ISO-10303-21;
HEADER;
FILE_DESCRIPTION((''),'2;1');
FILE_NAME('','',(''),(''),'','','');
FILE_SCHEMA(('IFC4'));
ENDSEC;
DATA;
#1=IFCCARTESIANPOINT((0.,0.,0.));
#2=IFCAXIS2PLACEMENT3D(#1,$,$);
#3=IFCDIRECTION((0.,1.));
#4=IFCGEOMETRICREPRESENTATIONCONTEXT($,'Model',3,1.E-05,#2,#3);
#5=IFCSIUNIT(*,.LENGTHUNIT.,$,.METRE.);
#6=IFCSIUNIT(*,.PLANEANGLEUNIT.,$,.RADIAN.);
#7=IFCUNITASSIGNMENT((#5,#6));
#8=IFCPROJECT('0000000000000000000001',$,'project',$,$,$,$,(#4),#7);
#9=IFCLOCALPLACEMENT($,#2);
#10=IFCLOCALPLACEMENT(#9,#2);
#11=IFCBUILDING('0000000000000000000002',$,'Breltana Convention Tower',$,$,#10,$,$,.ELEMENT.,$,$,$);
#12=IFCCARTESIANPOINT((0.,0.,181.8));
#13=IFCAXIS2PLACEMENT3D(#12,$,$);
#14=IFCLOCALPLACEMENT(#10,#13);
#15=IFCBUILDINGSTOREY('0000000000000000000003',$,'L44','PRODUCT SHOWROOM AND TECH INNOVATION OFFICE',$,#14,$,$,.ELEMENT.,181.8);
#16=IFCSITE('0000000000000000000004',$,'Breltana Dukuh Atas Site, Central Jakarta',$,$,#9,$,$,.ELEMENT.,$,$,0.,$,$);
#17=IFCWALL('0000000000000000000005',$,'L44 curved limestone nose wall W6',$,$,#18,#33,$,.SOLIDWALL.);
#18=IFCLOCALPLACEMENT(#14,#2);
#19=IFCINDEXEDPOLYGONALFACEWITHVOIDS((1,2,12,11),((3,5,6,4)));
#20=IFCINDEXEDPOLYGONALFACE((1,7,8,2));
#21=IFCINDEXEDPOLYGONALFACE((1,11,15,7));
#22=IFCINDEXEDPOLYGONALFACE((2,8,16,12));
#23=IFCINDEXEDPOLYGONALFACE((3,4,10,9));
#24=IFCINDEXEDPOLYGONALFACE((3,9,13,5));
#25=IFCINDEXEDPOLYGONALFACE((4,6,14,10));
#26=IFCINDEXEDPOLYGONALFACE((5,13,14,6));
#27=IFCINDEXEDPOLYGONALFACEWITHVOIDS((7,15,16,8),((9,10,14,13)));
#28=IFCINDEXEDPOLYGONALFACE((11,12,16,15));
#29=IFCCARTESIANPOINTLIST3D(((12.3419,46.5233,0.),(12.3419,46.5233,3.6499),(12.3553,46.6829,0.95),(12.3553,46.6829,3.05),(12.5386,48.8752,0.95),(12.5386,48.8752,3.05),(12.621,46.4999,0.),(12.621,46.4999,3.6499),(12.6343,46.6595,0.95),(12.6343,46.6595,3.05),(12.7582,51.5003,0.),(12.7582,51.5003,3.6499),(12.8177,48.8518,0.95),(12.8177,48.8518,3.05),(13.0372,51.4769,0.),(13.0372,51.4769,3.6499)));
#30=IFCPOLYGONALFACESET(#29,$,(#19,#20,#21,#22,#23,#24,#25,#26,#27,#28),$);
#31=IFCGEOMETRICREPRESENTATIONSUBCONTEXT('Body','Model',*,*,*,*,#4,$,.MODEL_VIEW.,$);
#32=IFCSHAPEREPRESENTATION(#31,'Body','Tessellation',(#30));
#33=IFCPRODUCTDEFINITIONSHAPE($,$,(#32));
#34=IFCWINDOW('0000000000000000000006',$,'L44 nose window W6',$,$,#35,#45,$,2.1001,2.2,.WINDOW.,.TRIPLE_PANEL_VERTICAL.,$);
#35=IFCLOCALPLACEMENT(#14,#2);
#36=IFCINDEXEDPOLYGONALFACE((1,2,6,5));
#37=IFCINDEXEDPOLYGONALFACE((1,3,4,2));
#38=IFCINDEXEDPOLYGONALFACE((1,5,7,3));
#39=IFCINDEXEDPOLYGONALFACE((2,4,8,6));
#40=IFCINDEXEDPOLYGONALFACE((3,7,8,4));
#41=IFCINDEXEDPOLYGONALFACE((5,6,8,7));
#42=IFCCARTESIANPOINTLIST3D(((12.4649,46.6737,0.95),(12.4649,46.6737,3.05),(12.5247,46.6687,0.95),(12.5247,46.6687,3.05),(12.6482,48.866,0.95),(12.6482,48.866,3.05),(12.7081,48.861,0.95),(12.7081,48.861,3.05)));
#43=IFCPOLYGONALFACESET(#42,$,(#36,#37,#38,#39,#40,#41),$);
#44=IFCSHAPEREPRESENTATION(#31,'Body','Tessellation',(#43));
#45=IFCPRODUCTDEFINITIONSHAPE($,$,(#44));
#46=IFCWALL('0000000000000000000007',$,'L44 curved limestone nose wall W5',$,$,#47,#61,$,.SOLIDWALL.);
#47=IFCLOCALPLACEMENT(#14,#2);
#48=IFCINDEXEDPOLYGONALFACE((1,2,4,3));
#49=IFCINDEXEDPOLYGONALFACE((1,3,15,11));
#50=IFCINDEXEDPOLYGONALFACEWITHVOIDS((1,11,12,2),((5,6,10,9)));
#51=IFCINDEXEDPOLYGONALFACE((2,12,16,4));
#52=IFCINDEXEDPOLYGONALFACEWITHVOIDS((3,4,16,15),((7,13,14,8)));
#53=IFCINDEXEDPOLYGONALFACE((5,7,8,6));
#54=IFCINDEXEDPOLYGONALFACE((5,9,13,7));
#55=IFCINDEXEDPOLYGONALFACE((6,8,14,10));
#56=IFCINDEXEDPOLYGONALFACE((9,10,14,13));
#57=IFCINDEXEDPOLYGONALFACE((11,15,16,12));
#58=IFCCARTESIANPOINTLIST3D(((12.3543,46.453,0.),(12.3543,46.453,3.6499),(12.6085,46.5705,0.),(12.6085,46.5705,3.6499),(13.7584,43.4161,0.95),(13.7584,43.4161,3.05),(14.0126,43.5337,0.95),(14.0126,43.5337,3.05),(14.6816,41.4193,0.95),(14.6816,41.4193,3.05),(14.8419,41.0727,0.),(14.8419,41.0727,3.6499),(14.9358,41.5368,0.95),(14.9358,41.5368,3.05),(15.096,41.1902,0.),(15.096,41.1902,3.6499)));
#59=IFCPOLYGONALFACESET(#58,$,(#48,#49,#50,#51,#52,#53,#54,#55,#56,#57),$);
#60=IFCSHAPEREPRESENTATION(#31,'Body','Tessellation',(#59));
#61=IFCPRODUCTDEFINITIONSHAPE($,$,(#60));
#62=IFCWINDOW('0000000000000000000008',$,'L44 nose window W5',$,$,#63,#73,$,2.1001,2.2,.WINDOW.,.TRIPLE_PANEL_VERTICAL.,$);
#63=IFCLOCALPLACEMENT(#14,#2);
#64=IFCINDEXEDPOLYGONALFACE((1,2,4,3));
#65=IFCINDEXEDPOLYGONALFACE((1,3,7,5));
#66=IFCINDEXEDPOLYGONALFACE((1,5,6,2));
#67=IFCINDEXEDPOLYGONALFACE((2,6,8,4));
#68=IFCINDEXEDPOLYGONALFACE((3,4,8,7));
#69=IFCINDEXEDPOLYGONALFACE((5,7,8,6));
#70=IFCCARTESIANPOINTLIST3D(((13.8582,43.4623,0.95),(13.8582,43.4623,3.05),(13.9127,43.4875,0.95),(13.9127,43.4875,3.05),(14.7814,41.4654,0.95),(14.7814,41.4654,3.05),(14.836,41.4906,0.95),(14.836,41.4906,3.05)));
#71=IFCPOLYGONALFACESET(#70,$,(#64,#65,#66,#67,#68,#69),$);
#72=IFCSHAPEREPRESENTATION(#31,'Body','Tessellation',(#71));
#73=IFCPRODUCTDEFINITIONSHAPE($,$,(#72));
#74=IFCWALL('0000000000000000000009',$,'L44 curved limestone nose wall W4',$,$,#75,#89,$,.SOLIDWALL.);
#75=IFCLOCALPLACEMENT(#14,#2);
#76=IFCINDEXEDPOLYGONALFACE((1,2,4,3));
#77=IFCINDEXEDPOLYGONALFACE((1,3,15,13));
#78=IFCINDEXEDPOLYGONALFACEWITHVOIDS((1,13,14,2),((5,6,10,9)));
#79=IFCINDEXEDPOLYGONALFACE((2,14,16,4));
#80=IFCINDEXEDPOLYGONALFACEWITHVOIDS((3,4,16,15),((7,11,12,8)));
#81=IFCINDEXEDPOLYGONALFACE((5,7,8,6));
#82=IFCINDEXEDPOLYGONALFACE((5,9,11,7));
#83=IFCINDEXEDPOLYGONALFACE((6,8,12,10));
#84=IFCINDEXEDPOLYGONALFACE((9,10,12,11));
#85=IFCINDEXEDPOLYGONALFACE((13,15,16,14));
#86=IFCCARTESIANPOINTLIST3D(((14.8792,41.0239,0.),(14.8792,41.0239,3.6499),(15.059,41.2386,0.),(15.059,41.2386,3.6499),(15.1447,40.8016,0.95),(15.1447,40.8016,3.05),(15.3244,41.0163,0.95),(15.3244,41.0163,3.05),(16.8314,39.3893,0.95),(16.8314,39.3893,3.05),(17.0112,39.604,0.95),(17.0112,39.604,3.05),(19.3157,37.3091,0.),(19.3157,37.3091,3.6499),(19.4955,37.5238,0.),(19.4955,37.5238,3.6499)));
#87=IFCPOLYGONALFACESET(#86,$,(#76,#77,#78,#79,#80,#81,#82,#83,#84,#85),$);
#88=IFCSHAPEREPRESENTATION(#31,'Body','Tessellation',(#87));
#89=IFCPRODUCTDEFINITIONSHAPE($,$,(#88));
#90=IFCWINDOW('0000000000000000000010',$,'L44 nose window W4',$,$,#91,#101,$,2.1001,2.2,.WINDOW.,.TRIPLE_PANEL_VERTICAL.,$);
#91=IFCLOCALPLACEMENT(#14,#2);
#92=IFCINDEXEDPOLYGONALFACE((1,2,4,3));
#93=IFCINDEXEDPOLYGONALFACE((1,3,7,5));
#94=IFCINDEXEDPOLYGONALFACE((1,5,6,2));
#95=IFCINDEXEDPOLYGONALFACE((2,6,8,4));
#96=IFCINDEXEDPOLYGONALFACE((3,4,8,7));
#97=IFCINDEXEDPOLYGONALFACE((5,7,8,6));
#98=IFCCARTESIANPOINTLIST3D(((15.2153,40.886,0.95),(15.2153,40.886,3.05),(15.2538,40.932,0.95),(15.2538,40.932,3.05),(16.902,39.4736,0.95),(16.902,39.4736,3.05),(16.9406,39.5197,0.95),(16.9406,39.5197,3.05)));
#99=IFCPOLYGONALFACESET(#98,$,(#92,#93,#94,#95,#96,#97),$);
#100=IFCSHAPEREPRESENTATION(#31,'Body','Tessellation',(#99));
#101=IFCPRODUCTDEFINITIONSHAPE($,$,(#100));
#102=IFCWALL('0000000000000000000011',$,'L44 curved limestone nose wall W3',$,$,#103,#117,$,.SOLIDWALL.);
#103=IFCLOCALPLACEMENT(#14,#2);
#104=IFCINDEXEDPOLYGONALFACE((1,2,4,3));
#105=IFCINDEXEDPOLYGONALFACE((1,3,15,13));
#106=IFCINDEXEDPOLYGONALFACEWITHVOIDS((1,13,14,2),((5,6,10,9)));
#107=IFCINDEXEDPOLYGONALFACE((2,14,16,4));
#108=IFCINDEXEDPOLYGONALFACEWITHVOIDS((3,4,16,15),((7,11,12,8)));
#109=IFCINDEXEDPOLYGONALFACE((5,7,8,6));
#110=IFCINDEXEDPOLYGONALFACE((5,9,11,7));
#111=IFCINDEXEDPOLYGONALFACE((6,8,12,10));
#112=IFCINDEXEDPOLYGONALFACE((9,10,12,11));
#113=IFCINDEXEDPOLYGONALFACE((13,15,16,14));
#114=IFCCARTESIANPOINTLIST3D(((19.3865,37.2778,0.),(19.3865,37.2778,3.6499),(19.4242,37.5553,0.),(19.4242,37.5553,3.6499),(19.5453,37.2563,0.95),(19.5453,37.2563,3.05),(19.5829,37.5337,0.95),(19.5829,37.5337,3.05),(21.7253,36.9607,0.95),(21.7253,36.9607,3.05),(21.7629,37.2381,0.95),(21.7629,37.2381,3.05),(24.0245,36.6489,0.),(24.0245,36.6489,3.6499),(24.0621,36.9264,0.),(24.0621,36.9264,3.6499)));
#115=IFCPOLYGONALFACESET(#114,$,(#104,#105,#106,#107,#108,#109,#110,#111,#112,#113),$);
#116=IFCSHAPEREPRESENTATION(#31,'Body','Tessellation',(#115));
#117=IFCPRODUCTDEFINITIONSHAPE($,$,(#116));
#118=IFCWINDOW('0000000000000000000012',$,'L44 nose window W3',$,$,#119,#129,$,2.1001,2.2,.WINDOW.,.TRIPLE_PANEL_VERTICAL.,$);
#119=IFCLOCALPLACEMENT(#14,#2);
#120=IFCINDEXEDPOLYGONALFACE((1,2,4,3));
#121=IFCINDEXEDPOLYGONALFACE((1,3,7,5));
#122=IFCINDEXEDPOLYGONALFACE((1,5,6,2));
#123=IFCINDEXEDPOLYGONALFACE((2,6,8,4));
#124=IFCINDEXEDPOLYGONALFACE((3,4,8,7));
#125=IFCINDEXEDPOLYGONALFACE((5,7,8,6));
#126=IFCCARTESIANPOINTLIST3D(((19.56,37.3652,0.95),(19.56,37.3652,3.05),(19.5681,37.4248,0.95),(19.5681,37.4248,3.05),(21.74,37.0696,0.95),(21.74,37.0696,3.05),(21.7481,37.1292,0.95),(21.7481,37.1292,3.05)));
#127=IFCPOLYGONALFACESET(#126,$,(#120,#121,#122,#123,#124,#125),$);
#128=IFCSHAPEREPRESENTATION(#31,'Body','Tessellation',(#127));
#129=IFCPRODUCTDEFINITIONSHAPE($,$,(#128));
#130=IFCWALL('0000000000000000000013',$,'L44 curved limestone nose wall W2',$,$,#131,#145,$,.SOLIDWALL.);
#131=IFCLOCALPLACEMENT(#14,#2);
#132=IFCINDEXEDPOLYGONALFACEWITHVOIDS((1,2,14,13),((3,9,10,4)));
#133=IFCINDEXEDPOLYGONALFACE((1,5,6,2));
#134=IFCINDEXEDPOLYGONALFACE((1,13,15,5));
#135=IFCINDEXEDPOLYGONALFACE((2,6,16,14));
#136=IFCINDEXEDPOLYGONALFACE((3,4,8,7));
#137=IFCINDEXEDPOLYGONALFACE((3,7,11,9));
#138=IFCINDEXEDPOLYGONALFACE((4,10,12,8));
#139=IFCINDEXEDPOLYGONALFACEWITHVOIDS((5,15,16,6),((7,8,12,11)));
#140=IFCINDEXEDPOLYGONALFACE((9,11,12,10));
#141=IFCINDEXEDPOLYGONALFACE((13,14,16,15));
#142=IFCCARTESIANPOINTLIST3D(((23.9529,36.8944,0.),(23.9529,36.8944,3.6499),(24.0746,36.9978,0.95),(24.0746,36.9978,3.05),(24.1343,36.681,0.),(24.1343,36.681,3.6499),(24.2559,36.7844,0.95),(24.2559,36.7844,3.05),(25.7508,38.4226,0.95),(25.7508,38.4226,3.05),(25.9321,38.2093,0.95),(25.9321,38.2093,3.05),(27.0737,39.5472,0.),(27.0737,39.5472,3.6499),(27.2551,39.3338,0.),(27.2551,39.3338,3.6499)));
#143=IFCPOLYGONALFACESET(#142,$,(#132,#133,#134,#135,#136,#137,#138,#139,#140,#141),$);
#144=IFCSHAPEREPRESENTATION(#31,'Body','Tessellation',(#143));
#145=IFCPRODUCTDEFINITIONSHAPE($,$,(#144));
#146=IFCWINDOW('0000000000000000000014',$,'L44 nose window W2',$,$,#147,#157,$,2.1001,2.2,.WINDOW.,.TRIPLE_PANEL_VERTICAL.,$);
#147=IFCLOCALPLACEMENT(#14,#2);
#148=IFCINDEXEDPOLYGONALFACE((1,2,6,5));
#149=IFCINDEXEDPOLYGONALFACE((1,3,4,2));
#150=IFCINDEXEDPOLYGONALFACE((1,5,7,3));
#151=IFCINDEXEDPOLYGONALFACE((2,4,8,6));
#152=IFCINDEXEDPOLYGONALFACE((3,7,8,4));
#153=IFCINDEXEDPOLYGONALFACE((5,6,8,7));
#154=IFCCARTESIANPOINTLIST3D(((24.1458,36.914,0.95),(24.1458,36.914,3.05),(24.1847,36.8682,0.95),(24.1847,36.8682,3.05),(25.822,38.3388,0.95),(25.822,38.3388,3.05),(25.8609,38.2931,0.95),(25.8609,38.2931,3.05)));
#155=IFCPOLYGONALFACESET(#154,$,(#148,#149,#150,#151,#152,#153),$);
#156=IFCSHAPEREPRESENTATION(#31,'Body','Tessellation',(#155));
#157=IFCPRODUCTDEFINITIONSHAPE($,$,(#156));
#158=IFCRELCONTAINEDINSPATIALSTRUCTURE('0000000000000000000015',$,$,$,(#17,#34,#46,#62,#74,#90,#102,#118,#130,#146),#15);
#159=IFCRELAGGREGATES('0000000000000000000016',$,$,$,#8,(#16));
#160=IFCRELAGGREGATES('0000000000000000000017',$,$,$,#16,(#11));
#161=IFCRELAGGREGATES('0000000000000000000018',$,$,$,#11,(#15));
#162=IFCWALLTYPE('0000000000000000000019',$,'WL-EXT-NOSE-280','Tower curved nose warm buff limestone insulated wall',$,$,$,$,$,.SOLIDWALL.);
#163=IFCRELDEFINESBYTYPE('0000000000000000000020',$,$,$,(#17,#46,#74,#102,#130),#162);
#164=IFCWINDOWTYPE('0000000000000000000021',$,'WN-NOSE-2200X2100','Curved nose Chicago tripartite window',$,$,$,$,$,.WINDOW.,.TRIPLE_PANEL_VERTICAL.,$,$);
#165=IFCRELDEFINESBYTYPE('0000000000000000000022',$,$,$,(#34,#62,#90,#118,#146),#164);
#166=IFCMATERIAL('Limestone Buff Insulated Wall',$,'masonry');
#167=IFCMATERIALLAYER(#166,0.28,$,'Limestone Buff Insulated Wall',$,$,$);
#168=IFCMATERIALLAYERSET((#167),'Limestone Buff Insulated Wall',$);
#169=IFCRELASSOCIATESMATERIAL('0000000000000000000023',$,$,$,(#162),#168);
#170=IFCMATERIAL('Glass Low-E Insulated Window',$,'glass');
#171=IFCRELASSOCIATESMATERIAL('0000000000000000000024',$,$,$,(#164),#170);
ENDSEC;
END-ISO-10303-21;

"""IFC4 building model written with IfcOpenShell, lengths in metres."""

from ifc_helpers import new_model, si_unit, direction, frame, frame_2d, origin, place, context, subcontext, project, spatial, rectangle, extrude, source, transform, mapped, material, layer, layer_set, type_object, type_shapes, element, fill, save


model = new_model("IFC4")

# Units and contexts
model_context = context("Model", 3, precision=1e-05, world=origin(), true_north=direction((0.0, 1.0)))
body_context = subcontext(model_context, "Body", "Model", "MODEL_VIEW")
ifc_project = project(units=[si_unit("LENGTHUNIT", "METRE"), si_unit("PLANEANGLEUNIT", "RADIAN")], contexts=[model_context])

# Site, building, storey
site_placement = place(None, origin())
site = spatial("IfcSite", under=ifc_project, at=site_placement, Name="Breltana Dukuh Atas Site, Central Jakarta", CompositionType="ELEMENT", RefElevation=0.0)
building_placement = place(site_placement, origin())
building = spatial("IfcBuilding", under=site, at=building_placement, Name="Breltana Convention Tower", CompositionType="ELEMENT")
storey_placement = place(building_placement, frame((0.0, 0.0, 181.8)))
storey = spatial("IfcBuildingStorey", under=building, at=storey_placement, Name="L44", Description="PRODUCT SHOWROOM AND TECH INNOVATION OFFICE", CompositionType="ELEMENT", Elevation=181.8)

# Walls, openings, windows
ifc_material_1 = material(Name="Limestone Buff Insulated Wall", Category="masonry")
ifc_layer_1 = layer(ifc_material_1, 0.28, Name="Limestone Buff Insulated Wall")
ifc_layer_set_1 = layer_set([ifc_layer_1], Name="Limestone Buff Insulated Wall")
wall_type_1 = type_object("IfcWallType", Name="WL-EXT-NOSE-280", Description="Tower curved nose warm buff limestone insulated wall", PredefinedType="SOLIDWALL", material=ifc_layer_set_1)
shared_shape_1 = source(origin(), body_context, "Body", "SweptSolid", [
    extrude(rectangle(XDim=4.9944, YDim=0.28, at=frame_2d((2.4971, 0.0))), origin(), (0.0, 0.0, 1.0), 3.6499),
])
wall_1_placement = place(storey_placement, frame((12.4814, 46.5117, 0.0), z_axis=(0.0, 0.0, 1.0), x_axis=(0.083345, 0.996521, 0.0)))
wall_1 = element("IfcWall", 1, at=wall_1_placement, inside=storey, type_object=wall_type_1, Name="L44 curved limestone nose wall W6", PredefinedType="SOLIDWALL", context=body_context, shape_type="MappedRepresentation", body=[
    mapped(shared_shape_1, transform((0.0, 0.0, 0.0), scale=1.0)),
])
opening_1_placement = place(wall_1_placement, frame((0.1599, 0.0, 0.95)))
opening_1 = element("IfcOpeningElement", 2, at=opening_1_placement, cuts=wall_1, PredefinedType="OPENING", context=body_context, shape_type="SweptSolid", body=[
    extrude(rectangle(XDim=2.2, YDim=2.1001, at=frame_2d((1.1001, 1.05))), frame((0.0, 0.1499, 0.0), z_axis=(0.0, -1.0, 0.0), x_axis=(1.0, 0.0, 0.0)), (0.0, 0.0, 1.0), 0.3),
])
ifc_material_2 = material(Name="Glass Low-E Insulated Window", Category="glass")
window_type_1 = type_object("IfcWindowType", Name="WN-NOSE-2200X2100", Description="Curved nose Chicago tripartite window", PartitioningType="TRIPLE_PANEL_VERTICAL", PredefinedType="WINDOW", material=ifc_material_2)
shared_shape_2 = source(origin(), body_context, "Body", "SweptSolid", [
    extrude(rectangle(XDim=2.2, YDim=2.1001, at=frame_2d((1.1001, 1.05))), frame((0.0, 0.03, 0.0), z_axis=(0.0, -1.0, 0.0), x_axis=(1.0, 0.0, 0.0)), (0.0, 0.0, 1.0), 0.0601),
])
type_shapes(window_type_1, [shared_shape_2])
window_1_placement = place(opening_1_placement, origin())
window_1 = element("IfcWindow", 3, at=window_1_placement, inside=storey, type_object=window_type_1, Name="L44 nose window W6", OverallHeight=2.1001, OverallWidth=2.2, PartitioningType="TRIPLE_PANEL_VERTICAL", PredefinedType="WINDOW", context=body_context, shape_type="MappedRepresentation", body=[
    mapped(shared_shape_2, transform((0.0, 0.0, 0.0), scale=1.0)),
])
fill(opening_1, window_1)
shared_shape_3 = source(origin(), body_context, "Body", "SweptSolid", [
    extrude(rectangle(XDim=5.9275, YDim=0.28, at=frame_2d((2.9639, 0.0))), origin(), (0.0, 0.0, 1.0), 3.6499),
])
wall_2_placement = place(storey_placement, frame((14.969, 41.1313, 0.0), z_axis=(0.0, 0.0, 1.0), x_axis=(-0.419656, 0.907683, 0.0)))
wall_2 = element("IfcWall", 4, at=wall_2_placement, inside=storey, type_object=wall_type_1, Name="L44 curved limestone nose wall W5", PredefinedType="SOLIDWALL", context=body_context, shape_type="MappedRepresentation", body=[
    mapped(shared_shape_3, transform((0.0, 0.0, 0.0), scale=1.0)),
])
opening_2_placement = place(wall_2_placement, frame((0.3818, 0.0, 0.95)))
opening_2 = element("IfcOpeningElement", 5, at=opening_2_placement, cuts=wall_2, PredefinedType="OPENING", context=body_context, shape_type="SweptSolid", body=[
    extrude(rectangle(XDim=2.2, YDim=2.1001, at=frame_2d((1.1001, 1.05))), frame((0.0, 0.1499, 0.0), z_axis=(0.0, -1.0, 0.0), x_axis=(1.0, 0.0, 0.0)), (0.0, 0.0, 1.0), 0.3),
])
window_2_placement = place(opening_2_placement, origin())
window_2 = element("IfcWindow", 6, at=window_2_placement, inside=storey, type_object=window_type_1, Name="L44 nose window W5", OverallHeight=2.1001, OverallWidth=2.2, PartitioningType="TRIPLE_PANEL_VERTICAL", PredefinedType="WINDOW", context=body_context, shape_type="MappedRepresentation", body=[
    mapped(shared_shape_2, transform((0.0, 0.0, 0.0), scale=1.0)),
])
fill(opening_2, window_2)
shared_shape_4 = source(origin(), body_context, "Body", "SweptSolid", [
    extrude(rectangle(XDim=5.7864, YDim=0.28, at=frame_2d((2.8931, 0.0))), origin(), (0.0, 0.0, 1.0), 3.6499),
])
wall_3_placement = place(storey_placement, frame((19.4055, 37.4165, 0.0), z_axis=(0.0, 0.0, 1.0), x_axis=(-0.766711, 0.641992, 0.0)))
wall_3 = element("IfcWall", 7, at=wall_3_placement, inside=storey, type_object=wall_type_1, Name="L44 curved limestone nose wall W4", PredefinedType="SOLIDWALL", context=body_context, shape_type="MappedRepresentation", body=[
    mapped(shared_shape_4, transform((0.0, 0.0, 0.0), scale=1.0)),
])
opening_3_placement = place(wall_3_placement, frame((3.24, 0.0, 0.95)))
opening_3 = element("IfcOpeningElement", 8, at=opening_3_placement, cuts=wall_3, PredefinedType="OPENING", context=body_context, shape_type="SweptSolid", body=[
    extrude(rectangle(XDim=2.2, YDim=2.1001, at=frame_2d((1.1001, 1.05))), frame((0.0, 0.1499, 0.0), z_axis=(0.0, -1.0, 0.0), x_axis=(1.0, 0.0, 0.0)), (0.0, 0.0, 1.0), 0.3),
])
window_3_placement = place(opening_3_placement, origin())
window_3 = element("IfcWindow", 9, at=window_3_placement, inside=storey, type_object=window_type_1, Name="L44 nose window W4", OverallHeight=2.1001, OverallWidth=2.2, PartitioningType="TRIPLE_PANEL_VERTICAL", PredefinedType="WINDOW", context=body_context, shape_type="MappedRepresentation", body=[
    mapped(shared_shape_2, transform((0.0, 0.0, 0.0), scale=1.0)),
])
fill(opening_3, window_3)
shared_shape_5 = source(origin(), body_context, "Body", "SweptSolid", [
    extrude(rectangle(XDim=4.6804, YDim=0.28, at=frame_2d((2.3403, 0.0))), origin(), (0.0, 0.0, 1.0), 3.6499),
])
wall_4_placement = place(storey_placement, frame((24.0435, 36.7876, 0.0), z_axis=(0.0, 0.0, 1.0), x_axis=(-0.990931, 0.134371, 0.0)))
wall_4 = element("IfcWall", 10, at=wall_4_placement, inside=storey, type_object=wall_type_1, Name="L44 curved limestone nose wall W3", PredefinedType="SOLIDWALL", context=body_context, shape_type="MappedRepresentation", body=[
    mapped(shared_shape_5, transform((0.0, 0.0, 0.0), scale=1.0)),
])
opening_4_placement = place(wall_4_placement, frame((2.3203, 0.0, 0.95)))
opening_4 = element("IfcOpeningElement", 11, at=opening_4_placement, cuts=wall_4, PredefinedType="OPENING", context=body_context, shape_type="SweptSolid", body=[
    extrude(rectangle(XDim=2.2, YDim=2.1001, at=frame_2d((1.1001, 1.05))), frame((0.0, 0.1499, 0.0), z_axis=(0.0, -1.0, 0.0), x_axis=(1.0, 0.0, 0.0)), (0.0, 0.0, 1.0), 0.3),
])
window_4_placement = place(opening_4_placement, origin())
window_4 = element("IfcWindow", 12, at=window_4_placement, inside=storey, type_object=window_type_1, Name="L44 nose window W3", OverallHeight=2.1001, OverallWidth=2.2, PartitioningType="TRIPLE_PANEL_VERTICAL", PredefinedType="WINDOW", context=body_context, shape_type="MappedRepresentation", body=[
    mapped(shared_shape_2, transform((0.0, 0.0, 0.0), scale=1.0)),
])
fill(opening_4, window_4)
shared_shape_6 = source(origin(), body_context, "Body", "SweptSolid", [
    extrude(rectangle(XDim=4.0959, YDim=0.28, at=frame_2d((2.0479, 0.0))), origin(), (0.0, 0.0, 1.0), 3.6499),
])
wall_5_placement = place(storey_placement, frame((27.1643, 39.4404, 0.0), z_axis=(0.0, 0.0, 1.0), x_axis=(-0.761926, -0.647664, 0.0)))
wall_5 = element("IfcWall", 13, at=wall_5_placement, inside=storey, type_object=wall_type_1, Name="L44 curved limestone nose wall W2", PredefinedType="SOLIDWALL", context=body_context, shape_type="MappedRepresentation", body=[
    mapped(shared_shape_6, transform((0.0, 0.0, 0.0), scale=1.0)),
])
opening_5_placement = place(wall_5_placement, frame((1.7361, 0.0, 0.95)))
opening_5 = element("IfcOpeningElement", 14, at=opening_5_placement, cuts=wall_5, PredefinedType="OPENING", context=body_context, shape_type="SweptSolid", body=[
    extrude(rectangle(XDim=2.2, YDim=2.1001, at=frame_2d((1.1001, 1.05))), frame((0.0, 0.1499, 0.0), z_axis=(0.0, -1.0, 0.0), x_axis=(1.0, 0.0, 0.0)), (0.0, 0.0, 1.0), 0.3),
])
window_5_placement = place(opening_5_placement, origin())
window_5 = element("IfcWindow", 15, at=window_5_placement, inside=storey, type_object=window_type_1, Name="L44 nose window W2", OverallHeight=2.1001, OverallWidth=2.2, PartitioningType="TRIPLE_PANEL_VERTICAL", PredefinedType="WINDOW", context=body_context, shape_type="MappedRepresentation", body=[
    mapped(shared_shape_2, transform((0.0, 0.0, 0.0), scale=1.0)),
])
fill(opening_5, window_5)

save(model, "model.ifc")
